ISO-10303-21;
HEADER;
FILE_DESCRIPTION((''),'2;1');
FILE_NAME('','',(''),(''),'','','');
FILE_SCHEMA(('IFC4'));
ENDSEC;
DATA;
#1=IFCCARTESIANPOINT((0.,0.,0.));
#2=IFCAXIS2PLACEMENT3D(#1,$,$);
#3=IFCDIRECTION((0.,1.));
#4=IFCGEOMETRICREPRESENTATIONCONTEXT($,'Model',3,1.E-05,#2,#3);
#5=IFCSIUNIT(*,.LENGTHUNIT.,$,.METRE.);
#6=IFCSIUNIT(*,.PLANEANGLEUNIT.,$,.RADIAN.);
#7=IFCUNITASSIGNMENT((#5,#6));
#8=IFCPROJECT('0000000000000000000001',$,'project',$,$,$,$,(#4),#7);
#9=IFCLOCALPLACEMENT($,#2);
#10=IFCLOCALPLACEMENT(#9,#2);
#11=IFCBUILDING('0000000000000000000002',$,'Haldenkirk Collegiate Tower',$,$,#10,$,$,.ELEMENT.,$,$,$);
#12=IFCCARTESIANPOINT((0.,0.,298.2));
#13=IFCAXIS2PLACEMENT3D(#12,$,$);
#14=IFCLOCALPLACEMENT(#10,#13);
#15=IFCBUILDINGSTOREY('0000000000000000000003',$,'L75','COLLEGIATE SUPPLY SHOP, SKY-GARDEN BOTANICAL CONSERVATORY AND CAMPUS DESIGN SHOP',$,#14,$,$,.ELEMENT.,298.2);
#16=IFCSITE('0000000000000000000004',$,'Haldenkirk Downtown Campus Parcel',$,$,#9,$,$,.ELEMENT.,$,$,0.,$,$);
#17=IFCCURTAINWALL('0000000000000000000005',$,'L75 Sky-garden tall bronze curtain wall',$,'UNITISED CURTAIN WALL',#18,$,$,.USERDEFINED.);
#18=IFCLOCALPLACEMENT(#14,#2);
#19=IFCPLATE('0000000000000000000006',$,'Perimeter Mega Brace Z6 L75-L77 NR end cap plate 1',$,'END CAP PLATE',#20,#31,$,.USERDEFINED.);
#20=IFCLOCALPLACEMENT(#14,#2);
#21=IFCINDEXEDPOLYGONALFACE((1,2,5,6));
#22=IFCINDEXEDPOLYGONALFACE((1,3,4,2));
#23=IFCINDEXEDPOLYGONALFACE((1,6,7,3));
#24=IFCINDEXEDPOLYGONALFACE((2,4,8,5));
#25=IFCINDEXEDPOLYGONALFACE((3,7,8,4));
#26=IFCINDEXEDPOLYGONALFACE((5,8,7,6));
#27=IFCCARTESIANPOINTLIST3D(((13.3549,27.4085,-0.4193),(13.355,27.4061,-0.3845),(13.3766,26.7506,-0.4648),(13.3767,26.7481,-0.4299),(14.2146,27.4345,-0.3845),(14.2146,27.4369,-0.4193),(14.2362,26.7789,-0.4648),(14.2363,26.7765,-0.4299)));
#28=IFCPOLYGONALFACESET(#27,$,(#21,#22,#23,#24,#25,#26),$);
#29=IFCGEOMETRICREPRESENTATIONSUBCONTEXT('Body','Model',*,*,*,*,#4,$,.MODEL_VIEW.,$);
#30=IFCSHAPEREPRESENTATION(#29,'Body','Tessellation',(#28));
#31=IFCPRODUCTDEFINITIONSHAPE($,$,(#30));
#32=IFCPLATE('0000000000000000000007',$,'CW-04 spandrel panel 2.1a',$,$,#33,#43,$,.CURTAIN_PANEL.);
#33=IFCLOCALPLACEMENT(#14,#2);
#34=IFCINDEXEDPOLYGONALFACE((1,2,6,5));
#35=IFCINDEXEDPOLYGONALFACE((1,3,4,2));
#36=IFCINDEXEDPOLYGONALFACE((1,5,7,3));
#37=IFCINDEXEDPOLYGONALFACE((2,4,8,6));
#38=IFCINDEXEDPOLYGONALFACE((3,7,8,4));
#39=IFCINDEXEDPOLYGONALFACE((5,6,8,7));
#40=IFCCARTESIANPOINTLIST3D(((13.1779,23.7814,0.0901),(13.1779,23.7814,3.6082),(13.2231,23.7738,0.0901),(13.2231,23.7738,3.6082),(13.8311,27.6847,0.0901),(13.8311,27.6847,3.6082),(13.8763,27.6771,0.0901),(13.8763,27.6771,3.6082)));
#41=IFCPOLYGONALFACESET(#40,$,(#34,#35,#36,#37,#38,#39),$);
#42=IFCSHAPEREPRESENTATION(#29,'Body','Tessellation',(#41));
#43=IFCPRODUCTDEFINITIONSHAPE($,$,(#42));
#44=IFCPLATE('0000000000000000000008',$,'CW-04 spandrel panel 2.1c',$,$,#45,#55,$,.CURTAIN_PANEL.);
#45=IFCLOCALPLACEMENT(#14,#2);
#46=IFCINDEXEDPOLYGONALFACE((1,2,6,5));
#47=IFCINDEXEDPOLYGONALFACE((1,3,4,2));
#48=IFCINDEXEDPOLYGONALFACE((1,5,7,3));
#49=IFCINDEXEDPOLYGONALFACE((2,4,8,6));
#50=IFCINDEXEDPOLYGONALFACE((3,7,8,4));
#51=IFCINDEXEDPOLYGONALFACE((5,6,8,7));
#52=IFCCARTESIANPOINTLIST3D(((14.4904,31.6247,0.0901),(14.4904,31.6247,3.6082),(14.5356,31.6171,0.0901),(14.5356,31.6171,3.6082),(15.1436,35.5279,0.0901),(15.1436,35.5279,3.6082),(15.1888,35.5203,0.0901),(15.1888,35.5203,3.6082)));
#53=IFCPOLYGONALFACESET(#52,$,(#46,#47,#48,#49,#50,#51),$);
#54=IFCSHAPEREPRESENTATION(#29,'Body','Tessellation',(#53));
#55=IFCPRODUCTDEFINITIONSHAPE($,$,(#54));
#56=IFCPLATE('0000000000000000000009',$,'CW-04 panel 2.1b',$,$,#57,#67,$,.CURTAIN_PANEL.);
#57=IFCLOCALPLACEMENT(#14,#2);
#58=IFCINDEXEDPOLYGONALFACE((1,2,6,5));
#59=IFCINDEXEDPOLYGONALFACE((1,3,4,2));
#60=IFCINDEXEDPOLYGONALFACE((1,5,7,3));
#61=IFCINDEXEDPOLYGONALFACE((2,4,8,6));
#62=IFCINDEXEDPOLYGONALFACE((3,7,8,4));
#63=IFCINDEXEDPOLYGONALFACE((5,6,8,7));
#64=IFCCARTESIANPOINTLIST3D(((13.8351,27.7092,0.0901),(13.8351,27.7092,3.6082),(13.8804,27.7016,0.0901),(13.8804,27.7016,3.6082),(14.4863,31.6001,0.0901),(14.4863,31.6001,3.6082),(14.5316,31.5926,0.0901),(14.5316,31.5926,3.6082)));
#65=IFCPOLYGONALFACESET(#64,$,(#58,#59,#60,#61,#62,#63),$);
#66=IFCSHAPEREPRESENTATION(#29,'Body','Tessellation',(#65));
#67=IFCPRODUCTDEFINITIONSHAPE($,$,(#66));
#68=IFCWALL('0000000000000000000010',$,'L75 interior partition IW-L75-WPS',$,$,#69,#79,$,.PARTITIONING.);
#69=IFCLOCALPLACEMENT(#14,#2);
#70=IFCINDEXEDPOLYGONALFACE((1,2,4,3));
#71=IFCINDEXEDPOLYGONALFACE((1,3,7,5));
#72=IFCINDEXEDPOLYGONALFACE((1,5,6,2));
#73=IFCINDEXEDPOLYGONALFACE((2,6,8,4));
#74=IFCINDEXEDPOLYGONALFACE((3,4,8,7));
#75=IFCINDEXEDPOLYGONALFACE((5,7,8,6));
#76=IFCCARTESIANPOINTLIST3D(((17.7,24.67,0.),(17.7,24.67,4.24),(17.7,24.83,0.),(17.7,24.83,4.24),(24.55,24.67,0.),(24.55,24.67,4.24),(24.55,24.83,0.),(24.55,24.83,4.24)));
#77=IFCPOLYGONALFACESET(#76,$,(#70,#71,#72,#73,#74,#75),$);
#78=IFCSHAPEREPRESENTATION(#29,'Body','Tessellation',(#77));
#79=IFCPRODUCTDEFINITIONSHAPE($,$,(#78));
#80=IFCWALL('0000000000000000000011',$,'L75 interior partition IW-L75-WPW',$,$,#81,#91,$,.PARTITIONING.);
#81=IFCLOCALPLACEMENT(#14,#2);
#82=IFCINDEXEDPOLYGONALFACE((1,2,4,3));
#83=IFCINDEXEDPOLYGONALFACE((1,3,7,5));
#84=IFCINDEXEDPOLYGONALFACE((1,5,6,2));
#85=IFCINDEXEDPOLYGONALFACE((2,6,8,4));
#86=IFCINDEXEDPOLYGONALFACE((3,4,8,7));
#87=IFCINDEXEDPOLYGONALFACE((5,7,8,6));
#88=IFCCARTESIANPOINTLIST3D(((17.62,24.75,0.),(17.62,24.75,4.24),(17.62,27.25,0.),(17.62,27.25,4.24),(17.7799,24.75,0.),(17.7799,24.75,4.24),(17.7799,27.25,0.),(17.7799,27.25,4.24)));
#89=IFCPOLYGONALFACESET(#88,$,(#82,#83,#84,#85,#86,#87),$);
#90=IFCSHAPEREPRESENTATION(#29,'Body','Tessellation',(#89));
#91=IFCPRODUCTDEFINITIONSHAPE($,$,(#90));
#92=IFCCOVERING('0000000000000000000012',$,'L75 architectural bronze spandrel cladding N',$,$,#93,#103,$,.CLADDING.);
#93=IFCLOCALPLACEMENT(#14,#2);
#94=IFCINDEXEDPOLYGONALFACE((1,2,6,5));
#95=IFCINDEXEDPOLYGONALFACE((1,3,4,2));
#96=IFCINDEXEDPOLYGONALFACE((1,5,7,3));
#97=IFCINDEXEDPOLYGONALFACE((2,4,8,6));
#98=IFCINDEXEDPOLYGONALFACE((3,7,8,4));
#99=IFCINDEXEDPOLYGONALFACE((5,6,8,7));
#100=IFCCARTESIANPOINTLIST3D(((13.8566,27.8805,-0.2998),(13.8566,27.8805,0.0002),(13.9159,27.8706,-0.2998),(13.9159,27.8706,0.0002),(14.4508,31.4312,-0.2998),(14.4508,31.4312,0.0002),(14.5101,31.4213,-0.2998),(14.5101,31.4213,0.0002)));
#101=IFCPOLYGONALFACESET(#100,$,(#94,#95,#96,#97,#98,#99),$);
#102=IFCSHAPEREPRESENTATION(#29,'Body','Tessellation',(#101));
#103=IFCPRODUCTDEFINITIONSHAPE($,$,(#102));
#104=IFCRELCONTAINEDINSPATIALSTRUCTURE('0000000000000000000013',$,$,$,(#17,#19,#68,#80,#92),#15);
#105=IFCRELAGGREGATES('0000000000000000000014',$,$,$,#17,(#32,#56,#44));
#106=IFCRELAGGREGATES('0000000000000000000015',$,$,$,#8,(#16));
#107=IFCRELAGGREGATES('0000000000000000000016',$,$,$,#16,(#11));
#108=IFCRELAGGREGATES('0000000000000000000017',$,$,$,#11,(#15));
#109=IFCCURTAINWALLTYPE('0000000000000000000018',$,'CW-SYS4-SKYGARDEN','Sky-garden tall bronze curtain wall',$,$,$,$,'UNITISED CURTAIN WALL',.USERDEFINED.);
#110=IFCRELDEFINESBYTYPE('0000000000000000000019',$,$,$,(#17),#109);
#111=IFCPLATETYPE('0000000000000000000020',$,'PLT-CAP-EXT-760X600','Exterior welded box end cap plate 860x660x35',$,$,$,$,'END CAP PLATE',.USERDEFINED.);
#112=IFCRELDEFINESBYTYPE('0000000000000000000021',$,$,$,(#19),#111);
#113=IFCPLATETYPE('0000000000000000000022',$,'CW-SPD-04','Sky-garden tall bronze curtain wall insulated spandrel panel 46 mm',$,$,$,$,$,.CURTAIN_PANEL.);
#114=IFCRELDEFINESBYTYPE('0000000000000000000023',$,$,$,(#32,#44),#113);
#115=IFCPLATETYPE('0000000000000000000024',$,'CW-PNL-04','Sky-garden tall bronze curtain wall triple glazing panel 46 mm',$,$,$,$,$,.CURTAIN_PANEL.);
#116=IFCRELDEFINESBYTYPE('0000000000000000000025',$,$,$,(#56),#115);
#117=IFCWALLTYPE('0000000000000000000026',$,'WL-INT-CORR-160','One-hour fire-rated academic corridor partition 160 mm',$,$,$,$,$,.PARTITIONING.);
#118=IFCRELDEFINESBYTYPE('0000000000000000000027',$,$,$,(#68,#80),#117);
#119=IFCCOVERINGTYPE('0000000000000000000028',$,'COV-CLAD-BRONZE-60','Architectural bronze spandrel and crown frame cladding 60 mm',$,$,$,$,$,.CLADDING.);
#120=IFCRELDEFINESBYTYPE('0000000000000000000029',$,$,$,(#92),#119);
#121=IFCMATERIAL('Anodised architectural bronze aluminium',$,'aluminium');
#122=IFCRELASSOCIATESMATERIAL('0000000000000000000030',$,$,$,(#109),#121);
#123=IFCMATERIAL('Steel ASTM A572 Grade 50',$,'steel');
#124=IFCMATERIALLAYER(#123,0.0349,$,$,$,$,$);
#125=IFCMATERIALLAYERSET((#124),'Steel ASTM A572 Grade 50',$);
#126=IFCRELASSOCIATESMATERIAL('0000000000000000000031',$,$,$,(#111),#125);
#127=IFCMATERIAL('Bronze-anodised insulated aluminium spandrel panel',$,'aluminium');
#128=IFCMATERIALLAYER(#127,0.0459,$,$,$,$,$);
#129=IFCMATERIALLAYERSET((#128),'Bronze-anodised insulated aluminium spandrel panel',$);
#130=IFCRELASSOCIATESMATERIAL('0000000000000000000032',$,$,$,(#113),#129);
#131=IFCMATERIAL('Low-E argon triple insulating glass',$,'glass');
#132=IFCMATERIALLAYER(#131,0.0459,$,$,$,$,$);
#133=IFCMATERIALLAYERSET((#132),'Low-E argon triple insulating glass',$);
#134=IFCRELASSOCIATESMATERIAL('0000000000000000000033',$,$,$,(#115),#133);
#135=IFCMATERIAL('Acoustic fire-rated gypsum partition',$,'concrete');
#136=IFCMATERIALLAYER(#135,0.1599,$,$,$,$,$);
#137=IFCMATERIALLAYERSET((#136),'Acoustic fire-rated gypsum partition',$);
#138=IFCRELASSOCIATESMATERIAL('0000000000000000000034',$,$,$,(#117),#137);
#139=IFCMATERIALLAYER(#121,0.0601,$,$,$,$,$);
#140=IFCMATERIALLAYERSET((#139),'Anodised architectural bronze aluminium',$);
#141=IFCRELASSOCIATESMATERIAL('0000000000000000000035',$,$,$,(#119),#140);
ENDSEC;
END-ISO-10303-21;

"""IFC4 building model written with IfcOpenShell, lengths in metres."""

from ifc_helpers import new_model, si_unit, direction, frame, frame_2d, origin, origin_2d, place, context, subcontext, project, spatial, rectangle, extrude, source, transform, mapped, material, layer, layer_set, type_object, element, aggregate, save


model = new_model("IFC4")

# Units and contexts
model_context = context("Model", 3, precision=1e-05, world=origin(), true_north=direction((0.0, 1.0)))
body_context = subcontext(model_context, "Body", "Model", "MODEL_VIEW")
ifc_project = project(units=[si_unit("LENGTHUNIT", "METRE"), si_unit("PLANEANGLEUNIT", "RADIAN")], contexts=[model_context])

# Site, building, storey
site_placement = place(None, origin())
site = spatial("IfcSite", under=ifc_project, at=site_placement, Name="Haldenkirk Downtown Campus Parcel", CompositionType="ELEMENT", RefElevation=0.0)
building_placement = place(site_placement, origin())
building = spatial("IfcBuilding", under=site, at=building_placement, Name="Haldenkirk Collegiate Tower", CompositionType="ELEMENT")
storey_placement = place(building_placement, frame((0.0, 0.0, 298.2)))
storey = spatial("IfcBuildingStorey", under=building, at=storey_placement, Name="L75", Description="COLLEGIATE SUPPLY SHOP, SKY-GARDEN BOTANICAL CONSERVATORY AND CAMPUS DESIGN SHOP", CompositionType="ELEMENT", Elevation=298.2)

# Curtain wall
ifc_material_1 = material(Name="Anodised architectural bronze aluminium", Category="aluminium")
curtain_wall_type = type_object("IfcCurtainWallType", Name="CW-SYS4-SKYGARDEN", Description="Sky-garden tall bronze curtain wall", ElementType="UNITISED CURTAIN WALL", PredefinedType="USERDEFINED", material=ifc_material_1)
curtain_wall_placement = place(storey_placement, origin())
curtain_wall = element("IfcCurtainWall", 1, at=curtain_wall_placement, inside=storey, type_object=curtain_wall_type, Name="L75 Sky-garden tall bronze curtain wall", ObjectType="UNITISED CURTAIN WALL", PredefinedType="USERDEFINED")

# Shared definitions
ifc_material_2 = material(Name="Steel ASTM A572 Grade 50", Category="steel")

# Plates
ifc_layer_1 = layer(ifc_material_2, 0.0349)
ifc_layer_set_1 = layer_set([ifc_layer_1], Name="Steel ASTM A572 Grade 50")
plate_type_1 = type_object("IfcPlateType", Name="PLT-CAP-EXT-760X600", Description="Exterior welded box end cap plate 860x660x35", ElementType="END CAP PLATE", PredefinedType="USERDEFINED", material=ifc_layer_set_1)
shared_shape_1 = source(origin(), body_context, "Body", "SweptSolid", [
    extrude(rectangle(XDim=0.8601, YDim=0.6599, at=origin_2d()), origin(), (0.0, 0.0, 1.0), 0.0349),
])
plate_1_placement = place(storey_placement, frame((13.7957, 27.0913, -0.4072), z_axis=(-0.002268, 0.068815, -0.997627), x_axis=(-0.999457, -0.032941, 0.0)))
element("IfcPlate", 2, at=plate_1_placement, inside=storey, type_object=plate_type_1, Name="Perimeter Mega Brace Z6 L75-L77 NR end cap plate 1", ObjectType="END CAP PLATE", PredefinedType="USERDEFINED", context=body_context, shape_type="MappedRepresentation", body=[
    mapped(shared_shape_1, transform((0.0, 0.0, 0.0), x_axis=(1.0, 0.0, 0.0), y_axis=(0.0, 1.0, 0.0), z_axis=(0.0, 0.0, 1.0), scale=1.0)),
])
ifc_material_3 = material(Name="Bronze-anodised insulated aluminium spandrel panel", Category="aluminium")
ifc_layer_2 = layer(ifc_material_3, 0.0459)
ifc_layer_set_2 = layer_set([ifc_layer_2], Name="Bronze-anodised insulated aluminium spandrel panel")
plate_type_2 = type_object("IfcPlateType", Name="CW-SPD-04", Description="Sky-garden tall bronze curtain wall insulated spandrel panel 46 mm", PredefinedType="CURTAIN_PANEL", material=ifc_layer_set_2)
shared_shape_2 = source(origin(), body_context, "Body", "SweptSolid", [
    extrude(rectangle(XDim=3.9575, YDim=0.0459, at=origin_2d()), origin(), (0.0, 0.0, 1.0), 3.5181),
])
plate_2_placement = place(storey_placement, frame((13.5271, 25.7292, 0.0901), z_axis=(0.0, 0.0, 1.0), x_axis=(0.16505, 0.986285, 0.0)))
plate_2 = element("IfcPlate", 3, at=plate_2_placement, type_object=plate_type_2, Name="CW-04 spandrel panel 2.1a", PredefinedType="CURTAIN_PANEL", context=body_context, shape_type="MappedRepresentation", body=[
    mapped(shared_shape_2, transform((0.0, 0.0, 0.0), x_axis=(1.0, 0.0, 0.0), y_axis=(0.0, 1.0, 0.0), z_axis=(0.0, 0.0, 1.0), scale=1.0)),
])
plate_3_placement = place(storey_placement, frame((14.8396, 33.5725, 0.0901), z_axis=(0.0, 0.0, 1.0), x_axis=(0.16505, 0.986285, 0.0)))
plate_3 = element("IfcPlate", 4, at=plate_3_placement, type_object=plate_type_2, Name="CW-04 spandrel panel 2.1c", PredefinedType="CURTAIN_PANEL", context=body_context, shape_type="MappedRepresentation", body=[
    mapped(shared_shape_2, transform((0.0, 0.0, 0.0), x_axis=(1.0, 0.0, 0.0), y_axis=(0.0, 1.0, 0.0), z_axis=(0.0, 0.0, 1.0), scale=1.0)),
])
ifc_material_4 = material(Name="Low-E argon triple insulating glass", Category="glass")
ifc_layer_3 = layer(ifc_material_4, 0.0459)
ifc_layer_set_3 = layer_set([ifc_layer_3], Name="Low-E argon triple insulating glass")
plate_type_3 = type_object("IfcPlateType", Name="CW-PNL-04", Description="Sky-garden tall bronze curtain wall triple glazing panel 46 mm", PredefinedType="CURTAIN_PANEL", material=ifc_layer_set_3)
shared_shape_3 = source(origin(), body_context, "Body", "SweptSolid", [
    extrude(rectangle(XDim=3.9451, YDim=0.0459, at=origin_2d()), origin(), (0.0, 0.0, 1.0), 3.5181),
])
plate_4_placement = place(storey_placement, frame((14.1833, 29.6509, 0.0901), z_axis=(0.0, 0.0, 1.0), x_axis=(0.16505, 0.986285, 0.0)))
plate_4 = element("IfcPlate", 5, at=plate_4_placement, type_object=plate_type_3, Name="CW-04 panel 2.1b", PredefinedType="CURTAIN_PANEL", context=body_context, shape_type="MappedRepresentation", body=[
    mapped(shared_shape_3, transform((0.0, 0.0, 0.0), x_axis=(1.0, 0.0, 0.0), y_axis=(0.0, 1.0, 0.0), z_axis=(0.0, 0.0, 1.0), scale=1.0)),
])
aggregate(curtain_wall, [plate_2, plate_4, plate_3])

# Walls
ifc_material_5 = material(Name="Acoustic fire-rated gypsum partition", Category="concrete")
ifc_layer_4 = layer(ifc_material_5, 0.1599)
ifc_layer_set_4 = layer_set([ifc_layer_4], Name="Acoustic fire-rated gypsum partition")
wall_type = type_object("IfcWallType", Name="WL-INT-CORR-160", Description="One-hour fire-rated academic corridor partition 160 mm", PredefinedType="PARTITIONING", material=ifc_layer_set_4)
wall_1_placement = place(storey_placement, frame((17.7, 24.75, 0.0), z_axis=(0.0, 0.0, 1.0), x_axis=(1.0, 0.0, 0.0)))
element("IfcWall", 6, at=wall_1_placement, inside=storey, type_object=wall_type, Name="L75 interior partition IW-L75-WPS", PredefinedType="PARTITIONING", context=body_context, shape_type="SweptSolid", body=[
    extrude(rectangle(XDim=6.8501, YDim=0.1599, at=frame_2d((3.425, 0.0))), origin(), (0.0, 0.0, 1.0), 4.24),
])
wall_2_placement = place(storey_placement, frame((17.7, 24.75, 0.0), z_axis=(0.0, 0.0, 1.0), x_axis=(0.0, 1.0, 0.0)))
element("IfcWall", 7, at=wall_2_placement, inside=storey, type_object=wall_type, Name="L75 interior partition IW-L75-WPW", PredefinedType="PARTITIONING", context=body_context, shape_type="SweptSolid", body=[
    extrude(rectangle(XDim=2.5, YDim=0.1599, at=frame_2d((1.25, 0.0))), origin(), (0.0, 0.0, 1.0), 4.24),
])

# Covering
ifc_layer_5 = layer(ifc_material_1, 0.0601)
ifc_layer_set_5 = layer_set([ifc_layer_5], Name="Anodised architectural bronze aluminium")
covering_type = type_object("IfcCoveringType", Name="COV-CLAD-BRONZE-60", Description="Architectural bronze spandrel and crown frame cladding 60 mm", PredefinedType="CLADDING", material=ifc_layer_set_5)
shared_shape_4 = source(origin(), body_context, "Body", "SweptSolid", [
    extrude(rectangle(XDim=3.6001, YDim=0.0601, at=origin_2d()), origin(), (0.0, 0.0, 1.0), 0.3),
])
covering_placement = place(storey_placement, frame((14.1833, 29.6509, -0.2998), z_axis=(0.0, 0.0, 1.0), x_axis=(0.165048, 0.986286, 0.0)))
element("IfcCovering", 8, at=covering_placement, inside=storey, type_object=covering_type, Name="L75 architectural bronze spandrel cladding N", PredefinedType="CLADDING", context=body_context, shape_type="MappedRepresentation", body=[
    mapped(shared_shape_4, transform((0.0, 0.0, 0.0), x_axis=(1.0, 0.0, 0.0), y_axis=(0.0, 1.0, 0.0), z_axis=(0.0, 0.0, 1.0), scale=1.0)),
])

save(model, "model.ifc")
